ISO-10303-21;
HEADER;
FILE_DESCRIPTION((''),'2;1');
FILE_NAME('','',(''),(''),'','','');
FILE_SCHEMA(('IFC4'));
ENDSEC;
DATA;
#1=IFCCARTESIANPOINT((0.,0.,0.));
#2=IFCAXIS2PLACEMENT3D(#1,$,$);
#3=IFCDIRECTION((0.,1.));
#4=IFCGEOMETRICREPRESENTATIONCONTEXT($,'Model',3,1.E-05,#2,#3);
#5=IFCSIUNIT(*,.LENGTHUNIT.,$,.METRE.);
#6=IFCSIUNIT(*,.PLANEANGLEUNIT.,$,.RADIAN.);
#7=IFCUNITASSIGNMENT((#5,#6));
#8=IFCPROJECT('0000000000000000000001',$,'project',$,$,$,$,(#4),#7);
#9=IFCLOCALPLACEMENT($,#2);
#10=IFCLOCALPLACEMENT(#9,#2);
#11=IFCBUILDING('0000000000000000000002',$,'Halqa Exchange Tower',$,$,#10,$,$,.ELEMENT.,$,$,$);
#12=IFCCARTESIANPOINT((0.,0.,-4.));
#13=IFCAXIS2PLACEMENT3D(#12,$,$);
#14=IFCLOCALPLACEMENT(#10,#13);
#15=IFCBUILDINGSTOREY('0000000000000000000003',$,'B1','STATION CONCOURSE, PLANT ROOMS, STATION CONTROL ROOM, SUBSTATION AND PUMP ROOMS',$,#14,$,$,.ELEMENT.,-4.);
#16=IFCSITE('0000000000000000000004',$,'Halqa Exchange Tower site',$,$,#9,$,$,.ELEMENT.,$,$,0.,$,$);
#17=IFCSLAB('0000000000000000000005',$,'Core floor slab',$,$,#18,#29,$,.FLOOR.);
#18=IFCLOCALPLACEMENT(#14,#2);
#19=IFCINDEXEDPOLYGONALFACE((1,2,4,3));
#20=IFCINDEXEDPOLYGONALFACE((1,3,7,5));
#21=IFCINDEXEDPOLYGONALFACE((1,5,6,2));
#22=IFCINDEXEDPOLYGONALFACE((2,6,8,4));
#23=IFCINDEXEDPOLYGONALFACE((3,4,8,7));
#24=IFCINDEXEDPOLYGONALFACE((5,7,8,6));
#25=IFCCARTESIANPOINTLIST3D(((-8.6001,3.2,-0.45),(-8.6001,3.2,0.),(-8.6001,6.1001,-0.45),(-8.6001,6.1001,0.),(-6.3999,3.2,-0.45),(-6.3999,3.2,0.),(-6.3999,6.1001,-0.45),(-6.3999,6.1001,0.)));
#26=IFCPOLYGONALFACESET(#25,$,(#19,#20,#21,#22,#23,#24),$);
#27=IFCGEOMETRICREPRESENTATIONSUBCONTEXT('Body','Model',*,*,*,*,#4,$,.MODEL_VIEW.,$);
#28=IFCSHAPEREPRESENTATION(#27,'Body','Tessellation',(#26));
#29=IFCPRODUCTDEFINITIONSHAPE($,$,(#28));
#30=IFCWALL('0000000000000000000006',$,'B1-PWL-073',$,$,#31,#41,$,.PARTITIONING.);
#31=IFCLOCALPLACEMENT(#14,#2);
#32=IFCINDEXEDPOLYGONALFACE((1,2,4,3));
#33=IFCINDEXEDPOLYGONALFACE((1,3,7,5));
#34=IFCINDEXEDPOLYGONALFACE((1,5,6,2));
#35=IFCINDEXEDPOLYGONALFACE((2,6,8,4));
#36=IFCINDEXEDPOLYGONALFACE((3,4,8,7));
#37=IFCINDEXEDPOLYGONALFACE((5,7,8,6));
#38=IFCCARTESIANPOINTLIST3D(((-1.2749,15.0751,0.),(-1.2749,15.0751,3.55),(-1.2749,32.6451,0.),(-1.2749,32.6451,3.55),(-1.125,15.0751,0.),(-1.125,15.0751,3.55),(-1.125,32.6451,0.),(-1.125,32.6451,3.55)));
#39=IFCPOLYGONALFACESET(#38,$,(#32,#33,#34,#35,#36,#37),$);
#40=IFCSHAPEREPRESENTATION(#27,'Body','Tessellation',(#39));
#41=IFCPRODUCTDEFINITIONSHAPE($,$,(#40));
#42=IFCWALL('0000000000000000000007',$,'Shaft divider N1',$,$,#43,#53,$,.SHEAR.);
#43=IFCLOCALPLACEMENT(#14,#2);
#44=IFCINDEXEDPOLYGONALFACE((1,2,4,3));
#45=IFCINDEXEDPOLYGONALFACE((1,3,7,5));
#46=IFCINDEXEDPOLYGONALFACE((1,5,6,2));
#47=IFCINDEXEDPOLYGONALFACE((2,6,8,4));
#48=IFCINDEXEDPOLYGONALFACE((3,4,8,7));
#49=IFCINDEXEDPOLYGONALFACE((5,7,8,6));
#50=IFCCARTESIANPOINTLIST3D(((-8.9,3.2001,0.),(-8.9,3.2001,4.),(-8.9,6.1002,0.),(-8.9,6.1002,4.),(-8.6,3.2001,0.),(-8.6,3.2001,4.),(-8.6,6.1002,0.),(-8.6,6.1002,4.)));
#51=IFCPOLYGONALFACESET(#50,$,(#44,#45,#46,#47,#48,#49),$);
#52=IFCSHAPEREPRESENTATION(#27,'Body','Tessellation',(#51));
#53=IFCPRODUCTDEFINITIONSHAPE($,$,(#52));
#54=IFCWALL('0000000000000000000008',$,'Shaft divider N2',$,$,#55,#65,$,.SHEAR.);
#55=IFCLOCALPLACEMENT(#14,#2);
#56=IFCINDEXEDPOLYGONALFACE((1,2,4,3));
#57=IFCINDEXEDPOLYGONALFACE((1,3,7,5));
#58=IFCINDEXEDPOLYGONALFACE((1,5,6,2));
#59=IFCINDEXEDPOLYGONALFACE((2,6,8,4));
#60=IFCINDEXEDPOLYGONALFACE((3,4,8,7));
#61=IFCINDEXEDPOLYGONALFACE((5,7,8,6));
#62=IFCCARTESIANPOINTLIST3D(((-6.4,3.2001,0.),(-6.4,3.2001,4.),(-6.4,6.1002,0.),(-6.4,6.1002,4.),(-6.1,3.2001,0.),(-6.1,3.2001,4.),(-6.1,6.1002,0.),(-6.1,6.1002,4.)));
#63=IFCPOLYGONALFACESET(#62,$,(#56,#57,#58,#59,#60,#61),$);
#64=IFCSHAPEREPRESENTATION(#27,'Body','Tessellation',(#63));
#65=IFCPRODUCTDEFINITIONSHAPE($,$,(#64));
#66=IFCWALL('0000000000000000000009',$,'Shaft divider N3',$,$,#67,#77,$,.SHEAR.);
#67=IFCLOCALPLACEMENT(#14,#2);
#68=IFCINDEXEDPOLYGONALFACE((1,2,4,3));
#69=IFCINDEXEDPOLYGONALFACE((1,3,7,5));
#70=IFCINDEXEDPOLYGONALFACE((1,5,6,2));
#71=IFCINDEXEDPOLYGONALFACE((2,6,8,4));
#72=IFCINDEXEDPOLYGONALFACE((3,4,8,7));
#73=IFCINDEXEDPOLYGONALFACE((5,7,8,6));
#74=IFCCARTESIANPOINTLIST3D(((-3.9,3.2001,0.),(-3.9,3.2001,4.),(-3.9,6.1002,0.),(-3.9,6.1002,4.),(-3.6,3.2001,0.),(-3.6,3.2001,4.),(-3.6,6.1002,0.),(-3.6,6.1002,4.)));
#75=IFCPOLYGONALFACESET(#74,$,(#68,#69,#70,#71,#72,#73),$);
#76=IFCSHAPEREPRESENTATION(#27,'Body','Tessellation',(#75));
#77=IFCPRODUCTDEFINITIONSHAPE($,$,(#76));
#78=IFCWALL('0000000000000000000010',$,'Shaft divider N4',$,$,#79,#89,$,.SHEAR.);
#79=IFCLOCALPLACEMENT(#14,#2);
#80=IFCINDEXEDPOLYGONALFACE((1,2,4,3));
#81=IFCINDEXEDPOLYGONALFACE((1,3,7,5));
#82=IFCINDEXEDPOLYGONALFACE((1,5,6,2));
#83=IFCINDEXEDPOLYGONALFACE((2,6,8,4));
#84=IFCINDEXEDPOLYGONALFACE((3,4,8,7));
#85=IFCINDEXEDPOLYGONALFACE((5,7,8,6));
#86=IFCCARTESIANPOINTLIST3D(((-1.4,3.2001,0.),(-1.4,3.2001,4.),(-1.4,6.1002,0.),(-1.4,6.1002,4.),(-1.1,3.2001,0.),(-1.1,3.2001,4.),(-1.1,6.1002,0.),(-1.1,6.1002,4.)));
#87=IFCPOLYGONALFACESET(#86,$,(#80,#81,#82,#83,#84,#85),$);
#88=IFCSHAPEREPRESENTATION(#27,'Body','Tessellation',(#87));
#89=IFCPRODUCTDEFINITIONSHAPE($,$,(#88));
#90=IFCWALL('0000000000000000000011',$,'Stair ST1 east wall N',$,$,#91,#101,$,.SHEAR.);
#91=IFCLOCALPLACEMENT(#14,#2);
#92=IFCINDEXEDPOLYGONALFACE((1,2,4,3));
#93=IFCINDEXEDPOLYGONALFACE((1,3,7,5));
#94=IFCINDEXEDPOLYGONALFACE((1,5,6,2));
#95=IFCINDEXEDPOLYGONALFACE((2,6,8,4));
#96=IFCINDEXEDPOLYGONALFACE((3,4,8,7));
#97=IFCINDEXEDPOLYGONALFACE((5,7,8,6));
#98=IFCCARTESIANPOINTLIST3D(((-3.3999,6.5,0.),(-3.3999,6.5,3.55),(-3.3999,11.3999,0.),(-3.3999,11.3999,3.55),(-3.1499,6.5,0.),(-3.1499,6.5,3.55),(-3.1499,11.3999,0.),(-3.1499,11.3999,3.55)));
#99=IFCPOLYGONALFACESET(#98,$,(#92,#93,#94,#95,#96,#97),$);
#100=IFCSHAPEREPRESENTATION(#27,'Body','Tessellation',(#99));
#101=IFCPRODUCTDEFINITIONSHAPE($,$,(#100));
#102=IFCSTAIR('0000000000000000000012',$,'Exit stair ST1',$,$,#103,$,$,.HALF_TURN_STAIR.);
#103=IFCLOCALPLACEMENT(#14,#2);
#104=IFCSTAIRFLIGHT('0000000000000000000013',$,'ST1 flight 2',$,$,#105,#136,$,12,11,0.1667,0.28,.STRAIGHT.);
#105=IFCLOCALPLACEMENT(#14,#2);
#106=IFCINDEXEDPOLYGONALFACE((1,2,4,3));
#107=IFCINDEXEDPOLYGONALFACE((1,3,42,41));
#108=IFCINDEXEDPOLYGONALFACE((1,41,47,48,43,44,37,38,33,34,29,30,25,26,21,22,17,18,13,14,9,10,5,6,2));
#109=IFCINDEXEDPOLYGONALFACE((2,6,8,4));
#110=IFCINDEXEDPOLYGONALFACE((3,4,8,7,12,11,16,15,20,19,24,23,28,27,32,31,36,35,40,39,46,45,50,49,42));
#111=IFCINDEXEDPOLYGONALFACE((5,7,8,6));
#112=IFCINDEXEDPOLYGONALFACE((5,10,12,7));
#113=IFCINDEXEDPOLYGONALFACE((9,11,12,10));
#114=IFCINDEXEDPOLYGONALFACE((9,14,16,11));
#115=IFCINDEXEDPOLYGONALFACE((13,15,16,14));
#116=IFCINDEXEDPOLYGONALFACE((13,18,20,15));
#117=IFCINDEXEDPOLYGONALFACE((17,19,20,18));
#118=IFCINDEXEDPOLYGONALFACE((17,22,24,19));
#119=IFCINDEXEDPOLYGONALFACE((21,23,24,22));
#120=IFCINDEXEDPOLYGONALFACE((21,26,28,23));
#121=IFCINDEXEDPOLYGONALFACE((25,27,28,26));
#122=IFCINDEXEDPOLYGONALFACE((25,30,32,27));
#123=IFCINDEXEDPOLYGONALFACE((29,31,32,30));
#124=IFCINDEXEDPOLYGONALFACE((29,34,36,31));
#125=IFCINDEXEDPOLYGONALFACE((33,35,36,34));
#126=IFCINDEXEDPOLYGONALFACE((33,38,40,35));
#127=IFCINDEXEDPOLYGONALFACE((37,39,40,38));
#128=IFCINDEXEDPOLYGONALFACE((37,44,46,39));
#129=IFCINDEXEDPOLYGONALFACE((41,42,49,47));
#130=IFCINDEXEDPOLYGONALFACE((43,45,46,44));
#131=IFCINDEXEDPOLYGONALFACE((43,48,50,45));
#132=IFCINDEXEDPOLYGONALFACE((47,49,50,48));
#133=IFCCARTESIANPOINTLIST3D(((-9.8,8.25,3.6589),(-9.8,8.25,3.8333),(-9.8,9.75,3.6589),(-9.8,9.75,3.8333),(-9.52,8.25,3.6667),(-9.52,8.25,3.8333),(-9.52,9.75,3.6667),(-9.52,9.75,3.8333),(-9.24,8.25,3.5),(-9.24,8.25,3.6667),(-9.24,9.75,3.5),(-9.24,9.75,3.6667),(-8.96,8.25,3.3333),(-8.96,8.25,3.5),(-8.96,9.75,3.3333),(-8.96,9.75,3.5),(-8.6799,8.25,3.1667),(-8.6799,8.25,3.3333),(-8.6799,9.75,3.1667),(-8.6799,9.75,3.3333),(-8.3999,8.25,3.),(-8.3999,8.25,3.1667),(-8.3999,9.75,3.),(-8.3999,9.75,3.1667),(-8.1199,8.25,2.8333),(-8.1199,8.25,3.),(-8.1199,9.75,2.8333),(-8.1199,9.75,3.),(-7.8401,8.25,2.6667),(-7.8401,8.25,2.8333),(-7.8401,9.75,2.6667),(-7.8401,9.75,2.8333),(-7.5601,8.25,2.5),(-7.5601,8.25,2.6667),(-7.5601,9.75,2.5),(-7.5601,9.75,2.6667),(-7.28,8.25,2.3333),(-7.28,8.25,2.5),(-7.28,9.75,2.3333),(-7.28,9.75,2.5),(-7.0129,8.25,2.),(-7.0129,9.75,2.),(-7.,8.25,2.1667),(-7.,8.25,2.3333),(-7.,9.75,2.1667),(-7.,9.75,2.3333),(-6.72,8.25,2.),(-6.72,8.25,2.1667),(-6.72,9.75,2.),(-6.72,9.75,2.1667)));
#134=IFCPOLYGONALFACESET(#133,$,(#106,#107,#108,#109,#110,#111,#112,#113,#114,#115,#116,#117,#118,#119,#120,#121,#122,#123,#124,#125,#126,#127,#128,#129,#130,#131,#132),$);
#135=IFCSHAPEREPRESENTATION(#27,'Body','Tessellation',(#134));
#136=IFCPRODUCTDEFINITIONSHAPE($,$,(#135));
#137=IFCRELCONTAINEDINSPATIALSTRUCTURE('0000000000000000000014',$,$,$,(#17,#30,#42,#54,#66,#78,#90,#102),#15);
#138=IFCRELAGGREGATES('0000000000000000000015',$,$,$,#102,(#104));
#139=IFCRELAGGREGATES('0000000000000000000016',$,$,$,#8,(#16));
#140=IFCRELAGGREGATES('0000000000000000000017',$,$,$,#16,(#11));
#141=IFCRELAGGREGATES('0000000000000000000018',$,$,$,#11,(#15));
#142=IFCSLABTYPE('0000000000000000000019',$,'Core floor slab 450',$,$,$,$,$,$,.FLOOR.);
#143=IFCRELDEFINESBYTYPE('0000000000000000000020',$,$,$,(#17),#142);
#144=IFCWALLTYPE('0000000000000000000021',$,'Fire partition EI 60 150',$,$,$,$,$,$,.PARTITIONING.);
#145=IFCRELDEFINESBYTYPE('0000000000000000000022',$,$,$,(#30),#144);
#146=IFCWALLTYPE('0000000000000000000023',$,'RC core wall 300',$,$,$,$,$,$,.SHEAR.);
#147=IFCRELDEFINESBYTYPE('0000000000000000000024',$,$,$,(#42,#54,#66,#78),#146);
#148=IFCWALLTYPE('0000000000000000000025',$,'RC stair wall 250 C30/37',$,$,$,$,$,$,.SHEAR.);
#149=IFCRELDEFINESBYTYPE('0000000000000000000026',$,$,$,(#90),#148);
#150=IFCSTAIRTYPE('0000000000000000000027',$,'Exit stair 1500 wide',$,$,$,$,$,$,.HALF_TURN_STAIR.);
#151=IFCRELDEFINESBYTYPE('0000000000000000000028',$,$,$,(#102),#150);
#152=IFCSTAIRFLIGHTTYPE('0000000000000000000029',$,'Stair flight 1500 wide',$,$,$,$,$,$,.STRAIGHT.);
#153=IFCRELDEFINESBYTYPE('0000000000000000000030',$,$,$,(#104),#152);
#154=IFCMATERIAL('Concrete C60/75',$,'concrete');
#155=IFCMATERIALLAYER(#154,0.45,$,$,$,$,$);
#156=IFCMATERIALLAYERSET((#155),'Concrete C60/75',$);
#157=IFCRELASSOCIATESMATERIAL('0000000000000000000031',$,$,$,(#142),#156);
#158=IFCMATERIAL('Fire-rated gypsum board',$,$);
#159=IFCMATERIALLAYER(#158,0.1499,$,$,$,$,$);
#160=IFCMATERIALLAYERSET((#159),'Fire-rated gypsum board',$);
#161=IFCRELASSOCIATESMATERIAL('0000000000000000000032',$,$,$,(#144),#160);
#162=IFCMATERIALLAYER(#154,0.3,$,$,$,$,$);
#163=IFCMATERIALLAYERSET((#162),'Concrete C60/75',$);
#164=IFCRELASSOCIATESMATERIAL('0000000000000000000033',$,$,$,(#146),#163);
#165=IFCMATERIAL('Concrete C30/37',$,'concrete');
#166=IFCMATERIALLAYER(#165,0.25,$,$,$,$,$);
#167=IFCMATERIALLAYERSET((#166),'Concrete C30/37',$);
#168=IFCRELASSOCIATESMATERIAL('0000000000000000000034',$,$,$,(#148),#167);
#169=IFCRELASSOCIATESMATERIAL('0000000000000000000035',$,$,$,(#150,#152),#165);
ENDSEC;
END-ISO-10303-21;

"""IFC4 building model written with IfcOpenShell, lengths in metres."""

from ifc_helpers import new_model, si_unit, direction, frame, frame_2d, origin, place, context, subcontext, project, spatial, polyline, rectangle, outline, extrude, material, layer, layer_set, type_object, element, aggregate, save


model = new_model("IFC4")

# Units and contexts
model_context = context("Model", 3, precision=1e-05, world=origin(), true_north=direction((0.0, 1.0)))
body_context = subcontext(model_context, "Body", "Model", "MODEL_VIEW")
ifc_project = project(units=[si_unit("LENGTHUNIT", "METRE"), si_unit("PLANEANGLEUNIT", "RADIAN")], contexts=[model_context])

# Site, building, storey
site_placement = place(None, origin())
site = spatial("IfcSite", under=ifc_project, at=site_placement, Name="Halqa Exchange Tower site", CompositionType="ELEMENT", RefElevation=0.0)
building_placement = place(site_placement, origin())
building = spatial("IfcBuilding", under=site, at=building_placement, Name="Halqa Exchange Tower", CompositionType="ELEMENT")
storey_placement = place(building_placement, frame((0.0, 0.0, -4.0)))
storey = spatial("IfcBuildingStorey", under=building, at=storey_placement, Name="B1", Description="STATION CONCOURSE, PLANT ROOMS, STATION CONTROL ROOM, SUBSTATION AND PUMP ROOMS", CompositionType="ELEMENT", Elevation=-4.0)

# Slab
ifc_material_1 = material(Name="Concrete C60/75", Category="concrete")
ifc_layer_1 = layer(ifc_material_1, 0.45)
ifc_layer_set_1 = layer_set([ifc_layer_1], Name="Concrete C60/75")
slab_type = type_object("IfcSlabType", Name="Core floor slab 450", PredefinedType="FLOOR", material=ifc_layer_set_1)
slab_1_placement = place(storey_placement, frame((0.0, 0.0, -0.45)))
element("IfcSlab", 1, at=slab_1_placement, inside=storey, type_object=slab_type, Name="Core floor slab", PredefinedType="FLOOR", context=body_context, shape_type="SweptSolid", body=[
    extrude(outline(polyline([(-6.3999, 3.2), (-8.6001, 3.2), (-8.6001, 6.1001), (-6.3999, 6.1001), (-6.3999, 3.2)])), origin(), (0.0, 0.0, 1.0), 0.45),
])

# Walls
ifc_material_2 = material(Name="Fire-rated gypsum board")
ifc_layer_2 = layer(ifc_material_2, 0.1499)
ifc_layer_set_2 = layer_set([ifc_layer_2], Name="Fire-rated gypsum board")
wall_type_1 = type_object("IfcWallType", Name="Fire partition EI 60 150", PredefinedType="PARTITIONING", material=ifc_layer_set_2)
wall_1_placement = place(storey_placement, frame((-1.2, 15.075, 0.0), z_axis=(0.0, 0.0, 1.0), x_axis=(0.0, 1.0, 0.0)))
element("IfcWall", 2, at=wall_1_placement, inside=storey, type_object=wall_type_1, Name="B1-PWL-073", PredefinedType="PARTITIONING", context=body_context, shape_type="SweptSolid", body=[
    extrude(rectangle(XDim=17.5701, YDim=0.1499, at=frame_2d((8.7852, 0.0))), origin(), (0.0, 0.0, 1.0), 3.55),
])
ifc_layer_3 = layer(ifc_material_1, 0.3)
ifc_layer_set_3 = layer_set([ifc_layer_3], Name="Concrete C60/75")
wall_type_2 = type_object("IfcWallType", Name="RC core wall 300", PredefinedType="SHEAR", material=ifc_layer_set_3)
for number, where, z_axis, x_axis, name in (
    (3, (-8.75, 3.2, 0.0), (0.0, 0.0, 1.0), (0.0, 1.0, 0.0), "Shaft divider N1"),
    (4, (-6.25, 3.2, 0.0), (0.0, 0.0, 1.0), (0.0, 1.0, 0.0), "Shaft divider N2"),
    (5, (-3.75, 3.2, 0.0), (0.0, 0.0, 1.0), (0.0, 1.0, 0.0), "Shaft divider N3"),
    (6, (-1.25, 3.2, 0.0), (0.0, 0.0, 1.0), (0.0, 1.0, 0.0), "Shaft divider N4"),
):
    element("IfcWall", number, at=place(storey_placement, frame(where, z_axis=z_axis, x_axis=x_axis)), inside=storey, type_object=wall_type_2, Name=name, PredefinedType="SHEAR", context=body_context, shape_type="SweptSolid", body=[
        extrude(rectangle(XDim=2.9001, YDim=0.3, at=frame_2d((1.4502, 0.0))), origin(), (0.0, 0.0, 1.0), 4.0),
    ])
ifc_material_3 = material(Name="Concrete C30/37", Category="concrete")
ifc_layer_4 = layer(ifc_material_3, 0.25)
ifc_layer_set_4 = layer_set([ifc_layer_4], Name="Concrete C30/37")
wall_type_3 = type_object("IfcWallType", Name="RC stair wall 250 C30/37", PredefinedType="SHEAR", material=ifc_layer_set_4)
wall_2_placement = place(storey_placement, frame((-3.2749, 6.5, 0.0), z_axis=(0.0, 0.0, 1.0), x_axis=(0.0, 1.0, 0.0)))
element("IfcWall", 7, at=wall_2_placement, inside=storey, type_object=wall_type_3, Name="Stair ST1 east wall N", PredefinedType="SHEAR", context=body_context, shape_type="SweptSolid", body=[
    extrude(rectangle(XDim=4.8999, YDim=0.25, at=frame_2d((2.45, 0.0))), origin(), (0.0, 0.0, 1.0), 3.55),
])

# Stair, stair flight
stair_type = type_object("IfcStairType", Name="Exit stair 1500 wide", PredefinedType="HALF_TURN_STAIR", material=ifc_material_3)
stair_placement = place(storey_placement, origin())
stair = element("IfcStair", 8, at=stair_placement, inside=storey, type_object=stair_type, Name="Exit stair ST1", PredefinedType="HALF_TURN_STAIR")
stair_flight_type = type_object("IfcStairFlightType", Name="Stair flight 1500 wide", PredefinedType="STRAIGHT", material=ifc_material_3)
stair_flight_placement = place(storey_placement, frame((-6.72, 9.0, 2.0), z_axis=(0.0, 0.0, 1.0), x_axis=(-1.0, 0.0, 0.0)))
stair_flight = element("IfcStairFlight", 9, at=stair_flight_placement, type_object=stair_flight_type, Name="ST1 flight 2", NumberOfRisers=12, NumberOfTreads=11, PredefinedType="STRAIGHT", RiserHeight=0.1667, TreadLength=0.28, context=body_context, shape_type="SweptSolid", body=[
    extrude(outline(polyline([(0.0, 0.0), (0.0, 0.1667), (0.28, 0.1667), (0.28, 0.3333), (0.5601, 0.3333), (0.5601, 0.5), (0.8401, 0.5), (0.8401, 0.6667), (1.1201, 0.6667), (1.1201, 0.8333), (1.3999, 0.8333), (1.3999, 1.0), (1.6799, 1.0), (1.6799, 1.1667), (1.96, 1.1667), (1.96, 1.3333), (2.24, 1.3333), (2.24, 1.5), (2.52, 1.5), (2.52, 1.6667), (2.8, 1.6667), (2.8, 1.8333), (3.0801, 1.8333), (3.0801, 2.0), (3.0801, 1.6589), (0.293, 0.0), (0.0, 0.0)])), frame((0.0, 0.75, 0.0), z_axis=(0.0, -1.0, 0.0), x_axis=(1.0, 0.0, 0.0)), (0.0, 0.0, 1.0), 1.5),
])
aggregate(stair, [stair_flight])

save(model, "model.ifc")
